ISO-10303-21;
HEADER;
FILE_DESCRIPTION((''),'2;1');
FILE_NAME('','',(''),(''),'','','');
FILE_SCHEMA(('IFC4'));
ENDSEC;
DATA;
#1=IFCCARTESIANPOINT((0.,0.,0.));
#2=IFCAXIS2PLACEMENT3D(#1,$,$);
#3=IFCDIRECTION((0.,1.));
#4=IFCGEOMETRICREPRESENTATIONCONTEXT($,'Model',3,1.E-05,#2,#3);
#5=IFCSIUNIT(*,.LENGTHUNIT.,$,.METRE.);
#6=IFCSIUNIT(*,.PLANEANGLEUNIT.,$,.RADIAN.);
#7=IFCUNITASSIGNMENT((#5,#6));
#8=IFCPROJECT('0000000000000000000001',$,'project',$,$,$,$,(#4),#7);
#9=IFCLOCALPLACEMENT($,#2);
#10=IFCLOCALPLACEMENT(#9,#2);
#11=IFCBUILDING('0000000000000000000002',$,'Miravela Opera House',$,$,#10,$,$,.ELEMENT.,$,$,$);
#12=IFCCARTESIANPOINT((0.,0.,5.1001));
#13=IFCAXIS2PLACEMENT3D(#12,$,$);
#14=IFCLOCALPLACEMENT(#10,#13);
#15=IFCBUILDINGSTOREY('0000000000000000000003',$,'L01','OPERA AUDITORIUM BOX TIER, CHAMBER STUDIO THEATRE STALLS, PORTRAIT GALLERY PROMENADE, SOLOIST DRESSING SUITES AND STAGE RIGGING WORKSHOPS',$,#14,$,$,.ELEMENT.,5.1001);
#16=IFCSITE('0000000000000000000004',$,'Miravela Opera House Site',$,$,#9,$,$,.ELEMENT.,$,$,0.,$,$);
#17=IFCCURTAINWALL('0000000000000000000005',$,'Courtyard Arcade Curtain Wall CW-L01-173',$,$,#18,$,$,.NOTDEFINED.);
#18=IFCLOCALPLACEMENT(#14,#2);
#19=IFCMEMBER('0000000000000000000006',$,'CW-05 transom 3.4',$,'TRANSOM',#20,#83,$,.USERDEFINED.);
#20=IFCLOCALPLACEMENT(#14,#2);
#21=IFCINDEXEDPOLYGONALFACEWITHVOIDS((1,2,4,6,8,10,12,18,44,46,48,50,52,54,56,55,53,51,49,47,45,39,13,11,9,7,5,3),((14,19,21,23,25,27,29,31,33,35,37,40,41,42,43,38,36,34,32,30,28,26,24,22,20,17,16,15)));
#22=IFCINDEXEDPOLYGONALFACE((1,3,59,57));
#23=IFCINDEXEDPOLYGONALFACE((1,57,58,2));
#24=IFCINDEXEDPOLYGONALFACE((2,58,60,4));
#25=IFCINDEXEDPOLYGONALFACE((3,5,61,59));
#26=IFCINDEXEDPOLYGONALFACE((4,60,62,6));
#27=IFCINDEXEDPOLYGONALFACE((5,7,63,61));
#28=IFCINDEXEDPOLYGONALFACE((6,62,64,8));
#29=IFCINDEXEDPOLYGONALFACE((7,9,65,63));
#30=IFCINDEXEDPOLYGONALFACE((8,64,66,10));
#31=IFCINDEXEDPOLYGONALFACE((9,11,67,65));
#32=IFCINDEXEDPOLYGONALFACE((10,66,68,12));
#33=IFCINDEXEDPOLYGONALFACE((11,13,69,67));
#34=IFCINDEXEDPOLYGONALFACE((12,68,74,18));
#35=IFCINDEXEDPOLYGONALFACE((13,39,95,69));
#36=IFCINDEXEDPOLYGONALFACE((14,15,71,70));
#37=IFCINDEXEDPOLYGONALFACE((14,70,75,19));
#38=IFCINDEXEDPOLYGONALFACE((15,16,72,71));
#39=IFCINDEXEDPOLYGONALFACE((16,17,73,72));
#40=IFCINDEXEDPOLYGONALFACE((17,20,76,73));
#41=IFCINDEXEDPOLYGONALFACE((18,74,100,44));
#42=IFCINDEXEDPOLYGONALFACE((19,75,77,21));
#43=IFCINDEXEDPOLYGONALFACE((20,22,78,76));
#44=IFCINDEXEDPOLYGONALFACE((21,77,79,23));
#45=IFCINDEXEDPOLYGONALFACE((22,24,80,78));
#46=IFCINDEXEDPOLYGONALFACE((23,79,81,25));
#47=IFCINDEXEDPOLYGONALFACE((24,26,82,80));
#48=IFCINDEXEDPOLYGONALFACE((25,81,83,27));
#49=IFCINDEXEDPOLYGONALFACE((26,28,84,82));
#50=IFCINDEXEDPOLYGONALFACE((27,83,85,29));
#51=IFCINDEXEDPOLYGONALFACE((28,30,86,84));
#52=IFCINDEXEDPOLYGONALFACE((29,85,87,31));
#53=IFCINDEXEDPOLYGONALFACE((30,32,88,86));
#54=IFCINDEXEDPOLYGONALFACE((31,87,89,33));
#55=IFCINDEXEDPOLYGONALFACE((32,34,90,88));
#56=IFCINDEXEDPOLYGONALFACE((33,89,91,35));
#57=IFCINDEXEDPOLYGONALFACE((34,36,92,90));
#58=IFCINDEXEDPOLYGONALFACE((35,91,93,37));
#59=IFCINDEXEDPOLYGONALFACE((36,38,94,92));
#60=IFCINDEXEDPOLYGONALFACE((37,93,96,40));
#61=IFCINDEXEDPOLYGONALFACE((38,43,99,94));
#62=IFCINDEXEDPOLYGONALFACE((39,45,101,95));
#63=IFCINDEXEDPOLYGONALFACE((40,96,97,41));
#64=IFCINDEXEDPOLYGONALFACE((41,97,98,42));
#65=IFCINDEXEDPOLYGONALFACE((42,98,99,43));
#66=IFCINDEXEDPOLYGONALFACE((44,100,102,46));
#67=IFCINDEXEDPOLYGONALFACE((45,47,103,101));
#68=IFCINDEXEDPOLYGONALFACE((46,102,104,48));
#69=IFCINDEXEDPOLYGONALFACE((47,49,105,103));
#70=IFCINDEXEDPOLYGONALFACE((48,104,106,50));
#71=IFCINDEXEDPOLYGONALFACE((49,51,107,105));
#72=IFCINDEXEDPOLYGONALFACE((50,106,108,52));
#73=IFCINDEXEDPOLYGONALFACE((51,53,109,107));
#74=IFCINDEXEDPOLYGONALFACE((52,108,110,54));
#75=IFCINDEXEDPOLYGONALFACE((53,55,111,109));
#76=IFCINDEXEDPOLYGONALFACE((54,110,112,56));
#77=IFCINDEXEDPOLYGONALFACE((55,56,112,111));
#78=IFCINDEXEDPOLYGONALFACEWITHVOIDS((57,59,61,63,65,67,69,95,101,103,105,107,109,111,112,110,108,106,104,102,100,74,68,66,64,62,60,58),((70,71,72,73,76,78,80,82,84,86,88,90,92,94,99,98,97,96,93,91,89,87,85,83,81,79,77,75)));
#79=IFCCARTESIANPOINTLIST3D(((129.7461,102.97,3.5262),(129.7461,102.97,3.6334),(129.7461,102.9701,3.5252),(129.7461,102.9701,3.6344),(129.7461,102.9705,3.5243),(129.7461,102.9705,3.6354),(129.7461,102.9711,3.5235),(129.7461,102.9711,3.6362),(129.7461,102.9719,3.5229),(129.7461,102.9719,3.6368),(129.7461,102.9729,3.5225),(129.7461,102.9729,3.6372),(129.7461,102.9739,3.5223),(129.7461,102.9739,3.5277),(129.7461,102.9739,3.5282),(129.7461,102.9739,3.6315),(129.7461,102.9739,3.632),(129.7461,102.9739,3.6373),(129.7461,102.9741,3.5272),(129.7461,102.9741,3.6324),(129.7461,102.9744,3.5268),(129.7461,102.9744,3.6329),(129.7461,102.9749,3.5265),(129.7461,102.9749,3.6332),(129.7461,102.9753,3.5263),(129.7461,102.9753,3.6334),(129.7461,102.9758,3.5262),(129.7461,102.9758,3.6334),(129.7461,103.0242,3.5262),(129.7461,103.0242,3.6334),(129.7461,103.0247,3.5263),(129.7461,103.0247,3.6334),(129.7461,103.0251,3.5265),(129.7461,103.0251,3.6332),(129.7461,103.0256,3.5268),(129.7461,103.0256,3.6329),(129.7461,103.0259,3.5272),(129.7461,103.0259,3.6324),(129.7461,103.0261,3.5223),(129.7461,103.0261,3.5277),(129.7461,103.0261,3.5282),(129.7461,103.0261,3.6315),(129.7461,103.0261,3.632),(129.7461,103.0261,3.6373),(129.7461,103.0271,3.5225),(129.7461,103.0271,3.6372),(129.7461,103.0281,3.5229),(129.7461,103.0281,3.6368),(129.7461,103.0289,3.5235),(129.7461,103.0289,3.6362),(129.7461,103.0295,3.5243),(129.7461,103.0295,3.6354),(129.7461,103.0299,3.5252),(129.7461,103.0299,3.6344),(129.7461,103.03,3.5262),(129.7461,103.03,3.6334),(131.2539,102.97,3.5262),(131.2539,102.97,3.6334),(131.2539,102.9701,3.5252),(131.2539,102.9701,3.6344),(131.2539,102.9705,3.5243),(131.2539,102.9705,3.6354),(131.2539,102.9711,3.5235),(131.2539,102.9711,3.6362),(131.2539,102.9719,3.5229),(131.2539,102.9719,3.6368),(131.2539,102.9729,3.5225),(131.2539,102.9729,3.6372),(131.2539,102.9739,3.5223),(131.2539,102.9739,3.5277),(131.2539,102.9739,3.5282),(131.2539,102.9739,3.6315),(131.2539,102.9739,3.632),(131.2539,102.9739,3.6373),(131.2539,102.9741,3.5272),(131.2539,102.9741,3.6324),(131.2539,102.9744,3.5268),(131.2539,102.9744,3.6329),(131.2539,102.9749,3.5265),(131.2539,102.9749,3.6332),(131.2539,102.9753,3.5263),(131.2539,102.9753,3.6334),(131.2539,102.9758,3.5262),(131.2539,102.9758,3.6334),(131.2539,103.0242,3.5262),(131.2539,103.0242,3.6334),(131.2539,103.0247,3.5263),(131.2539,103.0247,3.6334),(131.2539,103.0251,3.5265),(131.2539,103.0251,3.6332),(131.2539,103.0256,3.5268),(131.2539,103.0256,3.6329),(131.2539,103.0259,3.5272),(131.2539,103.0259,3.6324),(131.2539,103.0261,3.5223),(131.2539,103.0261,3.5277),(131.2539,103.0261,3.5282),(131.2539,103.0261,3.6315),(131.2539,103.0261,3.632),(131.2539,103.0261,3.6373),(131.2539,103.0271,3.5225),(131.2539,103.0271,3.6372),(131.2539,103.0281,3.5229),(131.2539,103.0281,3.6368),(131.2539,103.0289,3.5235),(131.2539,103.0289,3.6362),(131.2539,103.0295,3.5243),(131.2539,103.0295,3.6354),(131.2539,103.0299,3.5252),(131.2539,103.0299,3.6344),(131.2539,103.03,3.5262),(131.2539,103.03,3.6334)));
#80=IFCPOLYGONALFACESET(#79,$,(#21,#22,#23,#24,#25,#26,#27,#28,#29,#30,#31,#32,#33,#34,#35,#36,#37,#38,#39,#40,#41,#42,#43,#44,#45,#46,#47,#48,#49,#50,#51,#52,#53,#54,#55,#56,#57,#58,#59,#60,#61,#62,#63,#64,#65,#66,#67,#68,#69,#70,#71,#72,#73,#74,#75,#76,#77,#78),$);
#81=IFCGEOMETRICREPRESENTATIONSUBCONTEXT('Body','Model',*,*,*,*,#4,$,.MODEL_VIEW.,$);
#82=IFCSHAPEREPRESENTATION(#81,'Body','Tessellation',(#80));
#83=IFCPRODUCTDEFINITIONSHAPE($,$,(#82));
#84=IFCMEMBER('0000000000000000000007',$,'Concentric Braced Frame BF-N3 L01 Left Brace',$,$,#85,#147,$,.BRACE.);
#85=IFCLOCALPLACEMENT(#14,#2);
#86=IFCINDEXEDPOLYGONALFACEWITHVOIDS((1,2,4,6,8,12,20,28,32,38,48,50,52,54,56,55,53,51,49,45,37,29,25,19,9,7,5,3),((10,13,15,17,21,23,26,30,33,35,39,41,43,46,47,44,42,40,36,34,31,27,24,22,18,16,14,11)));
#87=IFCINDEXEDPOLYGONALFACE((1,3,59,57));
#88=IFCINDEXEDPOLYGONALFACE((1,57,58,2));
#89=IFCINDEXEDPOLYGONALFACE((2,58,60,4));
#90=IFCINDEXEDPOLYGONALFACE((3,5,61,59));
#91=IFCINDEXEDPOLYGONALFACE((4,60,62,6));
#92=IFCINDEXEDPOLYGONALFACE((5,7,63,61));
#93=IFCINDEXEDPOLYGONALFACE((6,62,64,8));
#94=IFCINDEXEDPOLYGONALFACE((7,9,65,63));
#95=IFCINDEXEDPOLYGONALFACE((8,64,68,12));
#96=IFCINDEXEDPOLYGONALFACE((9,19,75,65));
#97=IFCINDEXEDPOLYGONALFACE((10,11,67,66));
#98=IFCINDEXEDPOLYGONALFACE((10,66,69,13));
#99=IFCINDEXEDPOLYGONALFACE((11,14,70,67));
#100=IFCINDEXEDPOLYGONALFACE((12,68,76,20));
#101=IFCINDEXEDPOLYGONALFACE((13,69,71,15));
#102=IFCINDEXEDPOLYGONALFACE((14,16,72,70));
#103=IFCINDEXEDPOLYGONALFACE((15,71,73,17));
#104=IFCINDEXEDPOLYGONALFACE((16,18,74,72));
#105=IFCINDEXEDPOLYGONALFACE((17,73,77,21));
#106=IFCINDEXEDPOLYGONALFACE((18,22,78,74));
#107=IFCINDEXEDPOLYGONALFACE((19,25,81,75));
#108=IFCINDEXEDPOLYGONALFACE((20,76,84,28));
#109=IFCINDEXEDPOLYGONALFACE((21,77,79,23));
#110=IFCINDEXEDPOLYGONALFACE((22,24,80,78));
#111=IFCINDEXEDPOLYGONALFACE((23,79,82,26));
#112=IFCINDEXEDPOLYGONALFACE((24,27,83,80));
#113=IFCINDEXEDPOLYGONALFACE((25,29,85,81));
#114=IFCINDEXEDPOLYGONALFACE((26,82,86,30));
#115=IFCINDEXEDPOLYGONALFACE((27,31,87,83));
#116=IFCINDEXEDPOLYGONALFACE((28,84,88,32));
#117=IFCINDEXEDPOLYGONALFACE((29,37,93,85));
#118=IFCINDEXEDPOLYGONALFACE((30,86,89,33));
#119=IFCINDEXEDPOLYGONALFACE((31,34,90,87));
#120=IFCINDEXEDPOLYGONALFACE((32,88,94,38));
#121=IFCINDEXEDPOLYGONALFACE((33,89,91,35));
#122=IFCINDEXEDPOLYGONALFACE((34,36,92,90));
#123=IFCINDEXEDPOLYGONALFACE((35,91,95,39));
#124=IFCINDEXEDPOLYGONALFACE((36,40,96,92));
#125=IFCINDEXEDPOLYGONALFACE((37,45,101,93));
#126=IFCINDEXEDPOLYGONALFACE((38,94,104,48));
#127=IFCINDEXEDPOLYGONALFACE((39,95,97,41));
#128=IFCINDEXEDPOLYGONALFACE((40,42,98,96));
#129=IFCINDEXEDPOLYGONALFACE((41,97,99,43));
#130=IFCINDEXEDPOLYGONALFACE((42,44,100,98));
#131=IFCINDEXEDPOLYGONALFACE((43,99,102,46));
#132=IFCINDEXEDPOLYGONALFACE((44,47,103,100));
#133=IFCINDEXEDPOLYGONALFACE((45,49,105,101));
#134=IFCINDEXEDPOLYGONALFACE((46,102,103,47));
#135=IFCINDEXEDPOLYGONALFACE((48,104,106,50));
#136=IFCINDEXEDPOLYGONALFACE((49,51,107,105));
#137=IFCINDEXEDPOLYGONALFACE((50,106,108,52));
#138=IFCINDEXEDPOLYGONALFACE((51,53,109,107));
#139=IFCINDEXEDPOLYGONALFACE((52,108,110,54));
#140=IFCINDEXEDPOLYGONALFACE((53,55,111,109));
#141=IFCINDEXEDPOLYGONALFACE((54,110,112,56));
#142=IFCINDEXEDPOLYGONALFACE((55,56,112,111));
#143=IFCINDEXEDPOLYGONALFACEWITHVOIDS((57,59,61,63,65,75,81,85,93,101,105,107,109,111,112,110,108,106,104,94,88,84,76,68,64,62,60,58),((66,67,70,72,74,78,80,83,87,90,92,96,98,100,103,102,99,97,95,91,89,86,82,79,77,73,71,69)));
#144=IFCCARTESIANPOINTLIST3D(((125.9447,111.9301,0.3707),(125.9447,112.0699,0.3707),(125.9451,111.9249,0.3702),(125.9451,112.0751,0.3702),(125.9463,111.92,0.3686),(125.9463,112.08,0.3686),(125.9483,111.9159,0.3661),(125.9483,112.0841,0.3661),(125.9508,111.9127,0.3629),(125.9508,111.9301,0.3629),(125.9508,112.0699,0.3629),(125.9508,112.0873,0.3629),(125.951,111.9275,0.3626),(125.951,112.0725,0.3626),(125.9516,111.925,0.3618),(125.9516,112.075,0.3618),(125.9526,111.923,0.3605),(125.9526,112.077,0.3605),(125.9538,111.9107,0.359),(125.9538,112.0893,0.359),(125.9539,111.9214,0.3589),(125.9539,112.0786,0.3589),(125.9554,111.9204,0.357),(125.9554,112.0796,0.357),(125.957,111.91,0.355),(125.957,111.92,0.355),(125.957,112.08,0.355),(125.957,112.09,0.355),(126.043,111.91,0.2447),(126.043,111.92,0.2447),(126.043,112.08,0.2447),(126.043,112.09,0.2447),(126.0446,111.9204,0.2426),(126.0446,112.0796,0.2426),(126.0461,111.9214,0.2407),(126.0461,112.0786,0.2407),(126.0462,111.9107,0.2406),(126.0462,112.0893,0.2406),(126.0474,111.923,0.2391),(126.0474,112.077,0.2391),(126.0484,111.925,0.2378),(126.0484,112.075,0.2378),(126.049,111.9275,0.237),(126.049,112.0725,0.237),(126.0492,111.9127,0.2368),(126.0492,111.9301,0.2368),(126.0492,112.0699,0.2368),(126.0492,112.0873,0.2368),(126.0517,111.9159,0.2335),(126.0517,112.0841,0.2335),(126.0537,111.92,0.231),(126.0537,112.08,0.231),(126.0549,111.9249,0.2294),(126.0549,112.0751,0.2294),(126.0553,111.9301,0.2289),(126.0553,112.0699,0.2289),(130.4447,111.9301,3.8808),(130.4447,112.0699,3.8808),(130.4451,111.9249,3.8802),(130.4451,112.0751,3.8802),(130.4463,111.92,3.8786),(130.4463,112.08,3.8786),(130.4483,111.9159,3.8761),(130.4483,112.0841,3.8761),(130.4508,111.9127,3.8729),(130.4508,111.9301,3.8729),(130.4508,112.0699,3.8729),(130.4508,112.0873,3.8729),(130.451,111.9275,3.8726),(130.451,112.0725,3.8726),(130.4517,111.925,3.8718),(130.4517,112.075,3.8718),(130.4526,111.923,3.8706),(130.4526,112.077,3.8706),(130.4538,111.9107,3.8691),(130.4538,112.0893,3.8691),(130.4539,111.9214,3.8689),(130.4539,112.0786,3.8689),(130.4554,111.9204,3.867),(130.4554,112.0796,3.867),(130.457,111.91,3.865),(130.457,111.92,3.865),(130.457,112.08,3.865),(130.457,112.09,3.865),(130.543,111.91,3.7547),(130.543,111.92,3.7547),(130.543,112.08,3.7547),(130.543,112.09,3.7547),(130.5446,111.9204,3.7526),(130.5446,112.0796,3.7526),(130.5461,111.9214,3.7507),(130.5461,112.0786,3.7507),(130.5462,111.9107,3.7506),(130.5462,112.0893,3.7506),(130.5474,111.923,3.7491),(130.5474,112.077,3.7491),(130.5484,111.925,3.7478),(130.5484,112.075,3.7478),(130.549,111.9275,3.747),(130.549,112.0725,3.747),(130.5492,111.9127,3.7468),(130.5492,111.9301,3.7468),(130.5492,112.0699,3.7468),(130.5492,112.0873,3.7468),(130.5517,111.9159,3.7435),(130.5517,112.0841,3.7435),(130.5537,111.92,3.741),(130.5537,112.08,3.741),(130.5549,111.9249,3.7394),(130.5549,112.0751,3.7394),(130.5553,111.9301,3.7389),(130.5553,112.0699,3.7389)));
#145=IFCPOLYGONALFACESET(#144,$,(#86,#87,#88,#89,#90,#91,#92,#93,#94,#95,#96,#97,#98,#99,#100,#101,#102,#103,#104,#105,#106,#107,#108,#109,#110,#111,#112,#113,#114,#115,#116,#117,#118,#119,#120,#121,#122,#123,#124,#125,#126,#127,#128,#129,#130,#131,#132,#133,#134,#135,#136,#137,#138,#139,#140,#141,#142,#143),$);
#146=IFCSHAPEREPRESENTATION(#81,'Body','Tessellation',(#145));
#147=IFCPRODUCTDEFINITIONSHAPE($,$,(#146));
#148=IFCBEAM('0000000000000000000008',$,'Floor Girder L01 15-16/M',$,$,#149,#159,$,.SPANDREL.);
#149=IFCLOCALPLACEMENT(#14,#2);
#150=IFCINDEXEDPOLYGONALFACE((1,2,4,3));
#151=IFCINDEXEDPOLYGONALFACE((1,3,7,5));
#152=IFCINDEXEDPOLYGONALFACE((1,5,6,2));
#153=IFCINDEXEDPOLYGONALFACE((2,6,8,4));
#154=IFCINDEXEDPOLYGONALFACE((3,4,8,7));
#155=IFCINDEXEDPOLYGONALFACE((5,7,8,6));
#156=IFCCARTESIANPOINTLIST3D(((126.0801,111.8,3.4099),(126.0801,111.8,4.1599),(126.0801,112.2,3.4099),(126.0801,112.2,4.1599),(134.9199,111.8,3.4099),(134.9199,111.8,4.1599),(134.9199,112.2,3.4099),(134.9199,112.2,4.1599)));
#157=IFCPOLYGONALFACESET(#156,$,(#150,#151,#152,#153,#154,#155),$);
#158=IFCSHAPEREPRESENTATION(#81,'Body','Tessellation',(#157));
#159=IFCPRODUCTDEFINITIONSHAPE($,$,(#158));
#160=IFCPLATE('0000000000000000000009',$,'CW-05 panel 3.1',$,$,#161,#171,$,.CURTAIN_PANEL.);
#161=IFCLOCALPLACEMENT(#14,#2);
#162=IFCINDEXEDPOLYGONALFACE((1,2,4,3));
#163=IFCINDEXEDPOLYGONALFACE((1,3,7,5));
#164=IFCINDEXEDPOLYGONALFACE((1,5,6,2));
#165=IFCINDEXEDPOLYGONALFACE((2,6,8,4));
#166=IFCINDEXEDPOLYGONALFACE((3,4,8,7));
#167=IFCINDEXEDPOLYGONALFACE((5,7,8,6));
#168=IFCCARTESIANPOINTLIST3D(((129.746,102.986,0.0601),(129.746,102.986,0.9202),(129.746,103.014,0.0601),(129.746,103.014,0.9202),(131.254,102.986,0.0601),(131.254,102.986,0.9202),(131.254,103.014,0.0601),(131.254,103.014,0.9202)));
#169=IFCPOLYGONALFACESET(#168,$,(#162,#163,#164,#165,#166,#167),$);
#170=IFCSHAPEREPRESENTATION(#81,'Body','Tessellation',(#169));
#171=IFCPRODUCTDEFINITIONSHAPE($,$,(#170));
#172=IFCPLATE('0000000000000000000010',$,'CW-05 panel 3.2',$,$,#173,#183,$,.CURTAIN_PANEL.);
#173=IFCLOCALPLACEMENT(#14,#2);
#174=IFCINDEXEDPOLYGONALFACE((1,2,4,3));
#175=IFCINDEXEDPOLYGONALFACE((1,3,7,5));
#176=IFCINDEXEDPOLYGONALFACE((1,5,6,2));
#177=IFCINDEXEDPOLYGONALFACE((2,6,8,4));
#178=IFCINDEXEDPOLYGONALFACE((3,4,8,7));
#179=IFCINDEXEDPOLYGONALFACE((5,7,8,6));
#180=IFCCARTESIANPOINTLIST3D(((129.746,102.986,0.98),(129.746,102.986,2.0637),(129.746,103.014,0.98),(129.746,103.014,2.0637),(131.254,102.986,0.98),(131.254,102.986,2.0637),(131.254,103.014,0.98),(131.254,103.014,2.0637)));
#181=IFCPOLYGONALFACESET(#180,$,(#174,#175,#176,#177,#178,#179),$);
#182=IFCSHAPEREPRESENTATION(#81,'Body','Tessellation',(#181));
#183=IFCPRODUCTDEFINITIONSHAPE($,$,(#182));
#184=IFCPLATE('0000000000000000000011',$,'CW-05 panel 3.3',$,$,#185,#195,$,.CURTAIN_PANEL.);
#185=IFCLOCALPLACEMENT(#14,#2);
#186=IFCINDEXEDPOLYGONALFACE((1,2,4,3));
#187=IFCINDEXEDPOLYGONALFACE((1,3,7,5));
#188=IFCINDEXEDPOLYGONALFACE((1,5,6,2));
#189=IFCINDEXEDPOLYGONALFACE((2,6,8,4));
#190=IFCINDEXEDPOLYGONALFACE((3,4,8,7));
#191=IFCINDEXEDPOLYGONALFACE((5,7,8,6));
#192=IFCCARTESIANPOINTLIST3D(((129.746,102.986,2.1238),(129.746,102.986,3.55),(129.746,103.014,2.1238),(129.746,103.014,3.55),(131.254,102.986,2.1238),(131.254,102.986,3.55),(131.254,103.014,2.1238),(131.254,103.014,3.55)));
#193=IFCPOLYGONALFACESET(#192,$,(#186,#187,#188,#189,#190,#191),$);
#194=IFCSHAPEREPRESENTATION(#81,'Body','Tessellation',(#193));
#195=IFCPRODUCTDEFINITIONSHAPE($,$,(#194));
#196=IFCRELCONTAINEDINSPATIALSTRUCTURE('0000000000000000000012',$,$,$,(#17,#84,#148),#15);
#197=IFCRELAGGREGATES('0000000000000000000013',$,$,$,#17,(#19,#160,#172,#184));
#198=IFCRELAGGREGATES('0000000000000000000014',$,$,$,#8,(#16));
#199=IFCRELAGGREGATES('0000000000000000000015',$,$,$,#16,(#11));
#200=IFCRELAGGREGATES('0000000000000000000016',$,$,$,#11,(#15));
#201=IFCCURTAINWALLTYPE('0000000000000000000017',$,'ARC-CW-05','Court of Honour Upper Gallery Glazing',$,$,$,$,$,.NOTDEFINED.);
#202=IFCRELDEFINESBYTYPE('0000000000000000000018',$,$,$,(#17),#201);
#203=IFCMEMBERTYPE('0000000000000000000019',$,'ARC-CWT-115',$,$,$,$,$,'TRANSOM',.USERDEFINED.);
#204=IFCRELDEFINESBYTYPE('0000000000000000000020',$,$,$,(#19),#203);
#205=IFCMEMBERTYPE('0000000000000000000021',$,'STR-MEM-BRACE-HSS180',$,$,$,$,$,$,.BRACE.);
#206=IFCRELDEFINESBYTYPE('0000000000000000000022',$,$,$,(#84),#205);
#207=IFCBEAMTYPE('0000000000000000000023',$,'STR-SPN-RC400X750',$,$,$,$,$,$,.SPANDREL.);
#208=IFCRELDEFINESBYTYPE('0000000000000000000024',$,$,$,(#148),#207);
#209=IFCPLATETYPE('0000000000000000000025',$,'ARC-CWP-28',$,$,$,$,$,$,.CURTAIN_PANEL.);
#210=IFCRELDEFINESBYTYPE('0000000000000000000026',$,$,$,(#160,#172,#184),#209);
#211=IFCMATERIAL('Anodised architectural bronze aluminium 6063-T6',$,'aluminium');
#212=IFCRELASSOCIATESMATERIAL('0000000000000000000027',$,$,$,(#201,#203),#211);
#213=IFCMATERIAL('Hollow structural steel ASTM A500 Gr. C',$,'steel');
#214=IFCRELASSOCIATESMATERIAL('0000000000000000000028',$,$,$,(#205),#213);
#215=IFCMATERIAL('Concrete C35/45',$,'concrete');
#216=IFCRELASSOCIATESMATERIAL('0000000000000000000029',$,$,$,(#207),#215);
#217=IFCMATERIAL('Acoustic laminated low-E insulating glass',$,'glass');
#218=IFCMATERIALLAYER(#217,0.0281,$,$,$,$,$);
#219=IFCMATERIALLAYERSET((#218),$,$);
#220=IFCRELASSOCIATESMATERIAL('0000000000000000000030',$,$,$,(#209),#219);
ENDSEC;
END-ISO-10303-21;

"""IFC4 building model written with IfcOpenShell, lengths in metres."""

from ifc_helpers import new_model, si_unit, direction, frame, origin, origin_2d, place, context, subcontext, project, spatial, rectangle, hollow_rectangle, extrude, material, layer, layer_set, material_profile, profile_set, type_object, element, aggregate, save


model = new_model("IFC4")

# Units and contexts
model_context = context("Model", 3, precision=1e-05, world=origin(), true_north=direction((0.0, 1.0)))
body_context = subcontext(model_context, "Body", "Model", "MODEL_VIEW")
ifc_project = project(units=[si_unit("LENGTHUNIT", "METRE"), si_unit("PLANEANGLEUNIT", "RADIAN")], contexts=[model_context])

# Site, building, storey
site_placement = place(None, origin())
site = spatial("IfcSite", under=ifc_project, at=site_placement, Name="Miravela Opera House Site", CompositionType="ELEMENT", RefElevation=0.0)
building_placement = place(site_placement, origin())
building = spatial("IfcBuilding", under=site, at=building_placement, Name="Miravela Opera House", CompositionType="ELEMENT")
storey_placement = place(building_placement, frame((0.0, 0.0, 5.1001)))
storey = spatial("IfcBuildingStorey", under=building, at=storey_placement, Name="L01", Description="OPERA AUDITORIUM BOX TIER, CHAMBER STUDIO THEATRE STALLS, PORTRAIT GALLERY PROMENADE, SOLOIST DRESSING SUITES AND STAGE RIGGING WORKSHOPS", CompositionType="ELEMENT", Elevation=5.1001)

# Shared definitions
ifc_material_1 = material(Name="Hollow structural steel ASTM A500 Gr. C", Category="steel")
ifc_material_2 = material(Name="Concrete C35/45", Category="concrete")

# Curtain wall, member
ifc_material_3 = material(Name="Anodised architectural bronze aluminium 6063-T6", Category="aluminium")
curtain_wall_type = type_object("IfcCurtainWallType", Name="ARC-CW-05", Description="Court of Honour Upper Gallery Glazing", PredefinedType="NOTDEFINED", material=ifc_material_3)
curtain_wall_placement = place(storey_placement, origin())
curtain_wall = element("IfcCurtainWall", 1, at=curtain_wall_placement, inside=storey, type_object=curtain_wall_type, Name="Courtyard Arcade Curtain Wall CW-L01-173", PredefinedType="NOTDEFINED")
ifc_material_profile_1 = material_profile(ifc_material_3, hollow_rectangle(XDim=0.0601, YDim=0.115, WallThickness=0.0039, InnerFilletRadius=0.002, OuterFilletRadius=0.0039, at=origin_2d()), Name="CWT-60X115")
ifc_profile_set_1 = profile_set([ifc_material_profile_1])
member_type_1 = type_object("IfcMemberType", Name="ARC-CWT-115", ElementType="TRANSOM", PredefinedType="USERDEFINED", material=ifc_profile_set_1)
member_1_placement = place(storey_placement, frame((129.7461, 103.0, 3.5798), z_axis=(1.0, 0.0, 0.0), x_axis=(0.0, 1.0, 0.0)))
member_1 = element("IfcMember", 2, at=member_1_placement, type_object=member_type_1, Name="CW-05 transom 3.4", ObjectType="TRANSOM", PredefinedType="USERDEFINED", context=body_context, shape_type="SweptSolid", body=[
    extrude(hollow_rectangle(XDim=0.0601, YDim=0.115, WallThickness=0.0039, InnerFilletRadius=0.002, OuterFilletRadius=0.0039, at=origin_2d()), origin(), (0.0, 0.0, 1.0), 1.5078),
])

# Member
ifc_material_profile_2 = material_profile(ifc_material_1, hollow_rectangle(XDim=0.1799, YDim=0.1799, WallThickness=0.01, InnerFilletRadius=0.01, OuterFilletRadius=0.02, at=origin_2d()), Name="HSS180X180X10")
ifc_profile_set_2 = profile_set([ifc_material_profile_2])
member_type_2 = type_object("IfcMemberType", Name="STR-MEM-BRACE-HSS180", PredefinedType="BRACE", material=ifc_profile_set_2)
member_2_placement = place(storey_placement, frame((126.0, 112.0, 0.2998), z_axis=(0.788501, 0.0, 0.615033), x_axis=(0.0, 1.0, 0.0)))
element("IfcMember", 3, at=member_2_placement, inside=storey, type_object=member_type_2, Name="Concentric Braced Frame BF-N3 L01 Left Brace", PredefinedType="BRACE", context=body_context, shape_type="SweptSolid", body=[
    extrude(hollow_rectangle(XDim=0.1799, YDim=0.1799, WallThickness=0.01, InnerFilletRadius=0.01, OuterFilletRadius=0.02, at=origin_2d()), origin(), (0.0, 0.0, 1.0), 5.707),
])

# Beam
ifc_material_profile_3 = material_profile(ifc_material_2, rectangle(XDim=0.3999, YDim=0.75, at=origin_2d()), Name="RC-SPN-400X750")
ifc_profile_set_3 = profile_set([ifc_material_profile_3])
beam_type = type_object("IfcBeamType", Name="STR-SPN-RC400X750", PredefinedType="SPANDREL", material=ifc_profile_set_3)
beam_placement = place(storey_placement, frame((126.0801, 112.0, 3.7849), z_axis=(1.0, 0.0, 0.0), x_axis=(0.0, 1.0, 0.0)))
element("IfcBeam", 4, at=beam_placement, inside=storey, type_object=beam_type, Name="Floor Girder L01 15-16/M", PredefinedType="SPANDREL", context=body_context, shape_type="SweptSolid", body=[
    extrude(rectangle(XDim=0.3999, YDim=0.75, at=origin_2d()), origin(), (0.0, 0.0, 1.0), 8.8398),
])

# Plates
ifc_material_4 = material(Name="Acoustic laminated low-E insulating glass", Category="glass")
ifc_layer_1 = layer(ifc_material_4, 0.0281)
ifc_layer_set_1 = layer_set([ifc_layer_1])
plate_type_1 = type_object("IfcPlateType", Name="ARC-CWP-28", PredefinedType="CURTAIN_PANEL", material=ifc_layer_set_1)
plate_1_placement = place(storey_placement, frame((130.5, 103.0, 0.0601), z_axis=(0.0, 0.0, 1.0), x_axis=(1.0, 0.0, 0.0)))
plate_1 = element("IfcPlate", 5, at=plate_1_placement, type_object=plate_type_1, Name="CW-05 panel 3.1", PredefinedType="CURTAIN_PANEL", context=body_context, shape_type="SweptSolid", body=[
    extrude(rectangle(XDim=1.5081, YDim=0.0281, at=origin_2d()), origin(), (0.0, 0.0, 1.0), 0.8601),
])
plate_2_placement = place(storey_placement, frame((130.5, 103.0, 0.98), z_axis=(0.0, 0.0, 1.0), x_axis=(1.0, 0.0, 0.0)))
plate_2 = element("IfcPlate", 6, at=plate_2_placement, type_object=plate_type_1, Name="CW-05 panel 3.2", PredefinedType="CURTAIN_PANEL", context=body_context, shape_type="SweptSolid", body=[
    extrude(rectangle(XDim=1.5081, YDim=0.0281, at=origin_2d()), origin(), (0.0, 0.0, 1.0), 1.0837),
])
plate_3_placement = place(storey_placement, frame((130.5, 103.0, 2.1238), z_axis=(0.0, 0.0, 1.0), x_axis=(1.0, 0.0, 0.0)))
plate_3 = element("IfcPlate", 7, at=plate_3_placement, type_object=plate_type_1, Name="CW-05 panel 3.3", PredefinedType="CURTAIN_PANEL", context=body_context, shape_type="SweptSolid", body=[
    extrude(rectangle(XDim=1.5081, YDim=0.0281, at=origin_2d()), origin(), (0.0, 0.0, 1.0), 1.4263),
])
aggregate(curtain_wall, [member_1, plate_1, plate_2, plate_3])

save(model, "model.ifc")
